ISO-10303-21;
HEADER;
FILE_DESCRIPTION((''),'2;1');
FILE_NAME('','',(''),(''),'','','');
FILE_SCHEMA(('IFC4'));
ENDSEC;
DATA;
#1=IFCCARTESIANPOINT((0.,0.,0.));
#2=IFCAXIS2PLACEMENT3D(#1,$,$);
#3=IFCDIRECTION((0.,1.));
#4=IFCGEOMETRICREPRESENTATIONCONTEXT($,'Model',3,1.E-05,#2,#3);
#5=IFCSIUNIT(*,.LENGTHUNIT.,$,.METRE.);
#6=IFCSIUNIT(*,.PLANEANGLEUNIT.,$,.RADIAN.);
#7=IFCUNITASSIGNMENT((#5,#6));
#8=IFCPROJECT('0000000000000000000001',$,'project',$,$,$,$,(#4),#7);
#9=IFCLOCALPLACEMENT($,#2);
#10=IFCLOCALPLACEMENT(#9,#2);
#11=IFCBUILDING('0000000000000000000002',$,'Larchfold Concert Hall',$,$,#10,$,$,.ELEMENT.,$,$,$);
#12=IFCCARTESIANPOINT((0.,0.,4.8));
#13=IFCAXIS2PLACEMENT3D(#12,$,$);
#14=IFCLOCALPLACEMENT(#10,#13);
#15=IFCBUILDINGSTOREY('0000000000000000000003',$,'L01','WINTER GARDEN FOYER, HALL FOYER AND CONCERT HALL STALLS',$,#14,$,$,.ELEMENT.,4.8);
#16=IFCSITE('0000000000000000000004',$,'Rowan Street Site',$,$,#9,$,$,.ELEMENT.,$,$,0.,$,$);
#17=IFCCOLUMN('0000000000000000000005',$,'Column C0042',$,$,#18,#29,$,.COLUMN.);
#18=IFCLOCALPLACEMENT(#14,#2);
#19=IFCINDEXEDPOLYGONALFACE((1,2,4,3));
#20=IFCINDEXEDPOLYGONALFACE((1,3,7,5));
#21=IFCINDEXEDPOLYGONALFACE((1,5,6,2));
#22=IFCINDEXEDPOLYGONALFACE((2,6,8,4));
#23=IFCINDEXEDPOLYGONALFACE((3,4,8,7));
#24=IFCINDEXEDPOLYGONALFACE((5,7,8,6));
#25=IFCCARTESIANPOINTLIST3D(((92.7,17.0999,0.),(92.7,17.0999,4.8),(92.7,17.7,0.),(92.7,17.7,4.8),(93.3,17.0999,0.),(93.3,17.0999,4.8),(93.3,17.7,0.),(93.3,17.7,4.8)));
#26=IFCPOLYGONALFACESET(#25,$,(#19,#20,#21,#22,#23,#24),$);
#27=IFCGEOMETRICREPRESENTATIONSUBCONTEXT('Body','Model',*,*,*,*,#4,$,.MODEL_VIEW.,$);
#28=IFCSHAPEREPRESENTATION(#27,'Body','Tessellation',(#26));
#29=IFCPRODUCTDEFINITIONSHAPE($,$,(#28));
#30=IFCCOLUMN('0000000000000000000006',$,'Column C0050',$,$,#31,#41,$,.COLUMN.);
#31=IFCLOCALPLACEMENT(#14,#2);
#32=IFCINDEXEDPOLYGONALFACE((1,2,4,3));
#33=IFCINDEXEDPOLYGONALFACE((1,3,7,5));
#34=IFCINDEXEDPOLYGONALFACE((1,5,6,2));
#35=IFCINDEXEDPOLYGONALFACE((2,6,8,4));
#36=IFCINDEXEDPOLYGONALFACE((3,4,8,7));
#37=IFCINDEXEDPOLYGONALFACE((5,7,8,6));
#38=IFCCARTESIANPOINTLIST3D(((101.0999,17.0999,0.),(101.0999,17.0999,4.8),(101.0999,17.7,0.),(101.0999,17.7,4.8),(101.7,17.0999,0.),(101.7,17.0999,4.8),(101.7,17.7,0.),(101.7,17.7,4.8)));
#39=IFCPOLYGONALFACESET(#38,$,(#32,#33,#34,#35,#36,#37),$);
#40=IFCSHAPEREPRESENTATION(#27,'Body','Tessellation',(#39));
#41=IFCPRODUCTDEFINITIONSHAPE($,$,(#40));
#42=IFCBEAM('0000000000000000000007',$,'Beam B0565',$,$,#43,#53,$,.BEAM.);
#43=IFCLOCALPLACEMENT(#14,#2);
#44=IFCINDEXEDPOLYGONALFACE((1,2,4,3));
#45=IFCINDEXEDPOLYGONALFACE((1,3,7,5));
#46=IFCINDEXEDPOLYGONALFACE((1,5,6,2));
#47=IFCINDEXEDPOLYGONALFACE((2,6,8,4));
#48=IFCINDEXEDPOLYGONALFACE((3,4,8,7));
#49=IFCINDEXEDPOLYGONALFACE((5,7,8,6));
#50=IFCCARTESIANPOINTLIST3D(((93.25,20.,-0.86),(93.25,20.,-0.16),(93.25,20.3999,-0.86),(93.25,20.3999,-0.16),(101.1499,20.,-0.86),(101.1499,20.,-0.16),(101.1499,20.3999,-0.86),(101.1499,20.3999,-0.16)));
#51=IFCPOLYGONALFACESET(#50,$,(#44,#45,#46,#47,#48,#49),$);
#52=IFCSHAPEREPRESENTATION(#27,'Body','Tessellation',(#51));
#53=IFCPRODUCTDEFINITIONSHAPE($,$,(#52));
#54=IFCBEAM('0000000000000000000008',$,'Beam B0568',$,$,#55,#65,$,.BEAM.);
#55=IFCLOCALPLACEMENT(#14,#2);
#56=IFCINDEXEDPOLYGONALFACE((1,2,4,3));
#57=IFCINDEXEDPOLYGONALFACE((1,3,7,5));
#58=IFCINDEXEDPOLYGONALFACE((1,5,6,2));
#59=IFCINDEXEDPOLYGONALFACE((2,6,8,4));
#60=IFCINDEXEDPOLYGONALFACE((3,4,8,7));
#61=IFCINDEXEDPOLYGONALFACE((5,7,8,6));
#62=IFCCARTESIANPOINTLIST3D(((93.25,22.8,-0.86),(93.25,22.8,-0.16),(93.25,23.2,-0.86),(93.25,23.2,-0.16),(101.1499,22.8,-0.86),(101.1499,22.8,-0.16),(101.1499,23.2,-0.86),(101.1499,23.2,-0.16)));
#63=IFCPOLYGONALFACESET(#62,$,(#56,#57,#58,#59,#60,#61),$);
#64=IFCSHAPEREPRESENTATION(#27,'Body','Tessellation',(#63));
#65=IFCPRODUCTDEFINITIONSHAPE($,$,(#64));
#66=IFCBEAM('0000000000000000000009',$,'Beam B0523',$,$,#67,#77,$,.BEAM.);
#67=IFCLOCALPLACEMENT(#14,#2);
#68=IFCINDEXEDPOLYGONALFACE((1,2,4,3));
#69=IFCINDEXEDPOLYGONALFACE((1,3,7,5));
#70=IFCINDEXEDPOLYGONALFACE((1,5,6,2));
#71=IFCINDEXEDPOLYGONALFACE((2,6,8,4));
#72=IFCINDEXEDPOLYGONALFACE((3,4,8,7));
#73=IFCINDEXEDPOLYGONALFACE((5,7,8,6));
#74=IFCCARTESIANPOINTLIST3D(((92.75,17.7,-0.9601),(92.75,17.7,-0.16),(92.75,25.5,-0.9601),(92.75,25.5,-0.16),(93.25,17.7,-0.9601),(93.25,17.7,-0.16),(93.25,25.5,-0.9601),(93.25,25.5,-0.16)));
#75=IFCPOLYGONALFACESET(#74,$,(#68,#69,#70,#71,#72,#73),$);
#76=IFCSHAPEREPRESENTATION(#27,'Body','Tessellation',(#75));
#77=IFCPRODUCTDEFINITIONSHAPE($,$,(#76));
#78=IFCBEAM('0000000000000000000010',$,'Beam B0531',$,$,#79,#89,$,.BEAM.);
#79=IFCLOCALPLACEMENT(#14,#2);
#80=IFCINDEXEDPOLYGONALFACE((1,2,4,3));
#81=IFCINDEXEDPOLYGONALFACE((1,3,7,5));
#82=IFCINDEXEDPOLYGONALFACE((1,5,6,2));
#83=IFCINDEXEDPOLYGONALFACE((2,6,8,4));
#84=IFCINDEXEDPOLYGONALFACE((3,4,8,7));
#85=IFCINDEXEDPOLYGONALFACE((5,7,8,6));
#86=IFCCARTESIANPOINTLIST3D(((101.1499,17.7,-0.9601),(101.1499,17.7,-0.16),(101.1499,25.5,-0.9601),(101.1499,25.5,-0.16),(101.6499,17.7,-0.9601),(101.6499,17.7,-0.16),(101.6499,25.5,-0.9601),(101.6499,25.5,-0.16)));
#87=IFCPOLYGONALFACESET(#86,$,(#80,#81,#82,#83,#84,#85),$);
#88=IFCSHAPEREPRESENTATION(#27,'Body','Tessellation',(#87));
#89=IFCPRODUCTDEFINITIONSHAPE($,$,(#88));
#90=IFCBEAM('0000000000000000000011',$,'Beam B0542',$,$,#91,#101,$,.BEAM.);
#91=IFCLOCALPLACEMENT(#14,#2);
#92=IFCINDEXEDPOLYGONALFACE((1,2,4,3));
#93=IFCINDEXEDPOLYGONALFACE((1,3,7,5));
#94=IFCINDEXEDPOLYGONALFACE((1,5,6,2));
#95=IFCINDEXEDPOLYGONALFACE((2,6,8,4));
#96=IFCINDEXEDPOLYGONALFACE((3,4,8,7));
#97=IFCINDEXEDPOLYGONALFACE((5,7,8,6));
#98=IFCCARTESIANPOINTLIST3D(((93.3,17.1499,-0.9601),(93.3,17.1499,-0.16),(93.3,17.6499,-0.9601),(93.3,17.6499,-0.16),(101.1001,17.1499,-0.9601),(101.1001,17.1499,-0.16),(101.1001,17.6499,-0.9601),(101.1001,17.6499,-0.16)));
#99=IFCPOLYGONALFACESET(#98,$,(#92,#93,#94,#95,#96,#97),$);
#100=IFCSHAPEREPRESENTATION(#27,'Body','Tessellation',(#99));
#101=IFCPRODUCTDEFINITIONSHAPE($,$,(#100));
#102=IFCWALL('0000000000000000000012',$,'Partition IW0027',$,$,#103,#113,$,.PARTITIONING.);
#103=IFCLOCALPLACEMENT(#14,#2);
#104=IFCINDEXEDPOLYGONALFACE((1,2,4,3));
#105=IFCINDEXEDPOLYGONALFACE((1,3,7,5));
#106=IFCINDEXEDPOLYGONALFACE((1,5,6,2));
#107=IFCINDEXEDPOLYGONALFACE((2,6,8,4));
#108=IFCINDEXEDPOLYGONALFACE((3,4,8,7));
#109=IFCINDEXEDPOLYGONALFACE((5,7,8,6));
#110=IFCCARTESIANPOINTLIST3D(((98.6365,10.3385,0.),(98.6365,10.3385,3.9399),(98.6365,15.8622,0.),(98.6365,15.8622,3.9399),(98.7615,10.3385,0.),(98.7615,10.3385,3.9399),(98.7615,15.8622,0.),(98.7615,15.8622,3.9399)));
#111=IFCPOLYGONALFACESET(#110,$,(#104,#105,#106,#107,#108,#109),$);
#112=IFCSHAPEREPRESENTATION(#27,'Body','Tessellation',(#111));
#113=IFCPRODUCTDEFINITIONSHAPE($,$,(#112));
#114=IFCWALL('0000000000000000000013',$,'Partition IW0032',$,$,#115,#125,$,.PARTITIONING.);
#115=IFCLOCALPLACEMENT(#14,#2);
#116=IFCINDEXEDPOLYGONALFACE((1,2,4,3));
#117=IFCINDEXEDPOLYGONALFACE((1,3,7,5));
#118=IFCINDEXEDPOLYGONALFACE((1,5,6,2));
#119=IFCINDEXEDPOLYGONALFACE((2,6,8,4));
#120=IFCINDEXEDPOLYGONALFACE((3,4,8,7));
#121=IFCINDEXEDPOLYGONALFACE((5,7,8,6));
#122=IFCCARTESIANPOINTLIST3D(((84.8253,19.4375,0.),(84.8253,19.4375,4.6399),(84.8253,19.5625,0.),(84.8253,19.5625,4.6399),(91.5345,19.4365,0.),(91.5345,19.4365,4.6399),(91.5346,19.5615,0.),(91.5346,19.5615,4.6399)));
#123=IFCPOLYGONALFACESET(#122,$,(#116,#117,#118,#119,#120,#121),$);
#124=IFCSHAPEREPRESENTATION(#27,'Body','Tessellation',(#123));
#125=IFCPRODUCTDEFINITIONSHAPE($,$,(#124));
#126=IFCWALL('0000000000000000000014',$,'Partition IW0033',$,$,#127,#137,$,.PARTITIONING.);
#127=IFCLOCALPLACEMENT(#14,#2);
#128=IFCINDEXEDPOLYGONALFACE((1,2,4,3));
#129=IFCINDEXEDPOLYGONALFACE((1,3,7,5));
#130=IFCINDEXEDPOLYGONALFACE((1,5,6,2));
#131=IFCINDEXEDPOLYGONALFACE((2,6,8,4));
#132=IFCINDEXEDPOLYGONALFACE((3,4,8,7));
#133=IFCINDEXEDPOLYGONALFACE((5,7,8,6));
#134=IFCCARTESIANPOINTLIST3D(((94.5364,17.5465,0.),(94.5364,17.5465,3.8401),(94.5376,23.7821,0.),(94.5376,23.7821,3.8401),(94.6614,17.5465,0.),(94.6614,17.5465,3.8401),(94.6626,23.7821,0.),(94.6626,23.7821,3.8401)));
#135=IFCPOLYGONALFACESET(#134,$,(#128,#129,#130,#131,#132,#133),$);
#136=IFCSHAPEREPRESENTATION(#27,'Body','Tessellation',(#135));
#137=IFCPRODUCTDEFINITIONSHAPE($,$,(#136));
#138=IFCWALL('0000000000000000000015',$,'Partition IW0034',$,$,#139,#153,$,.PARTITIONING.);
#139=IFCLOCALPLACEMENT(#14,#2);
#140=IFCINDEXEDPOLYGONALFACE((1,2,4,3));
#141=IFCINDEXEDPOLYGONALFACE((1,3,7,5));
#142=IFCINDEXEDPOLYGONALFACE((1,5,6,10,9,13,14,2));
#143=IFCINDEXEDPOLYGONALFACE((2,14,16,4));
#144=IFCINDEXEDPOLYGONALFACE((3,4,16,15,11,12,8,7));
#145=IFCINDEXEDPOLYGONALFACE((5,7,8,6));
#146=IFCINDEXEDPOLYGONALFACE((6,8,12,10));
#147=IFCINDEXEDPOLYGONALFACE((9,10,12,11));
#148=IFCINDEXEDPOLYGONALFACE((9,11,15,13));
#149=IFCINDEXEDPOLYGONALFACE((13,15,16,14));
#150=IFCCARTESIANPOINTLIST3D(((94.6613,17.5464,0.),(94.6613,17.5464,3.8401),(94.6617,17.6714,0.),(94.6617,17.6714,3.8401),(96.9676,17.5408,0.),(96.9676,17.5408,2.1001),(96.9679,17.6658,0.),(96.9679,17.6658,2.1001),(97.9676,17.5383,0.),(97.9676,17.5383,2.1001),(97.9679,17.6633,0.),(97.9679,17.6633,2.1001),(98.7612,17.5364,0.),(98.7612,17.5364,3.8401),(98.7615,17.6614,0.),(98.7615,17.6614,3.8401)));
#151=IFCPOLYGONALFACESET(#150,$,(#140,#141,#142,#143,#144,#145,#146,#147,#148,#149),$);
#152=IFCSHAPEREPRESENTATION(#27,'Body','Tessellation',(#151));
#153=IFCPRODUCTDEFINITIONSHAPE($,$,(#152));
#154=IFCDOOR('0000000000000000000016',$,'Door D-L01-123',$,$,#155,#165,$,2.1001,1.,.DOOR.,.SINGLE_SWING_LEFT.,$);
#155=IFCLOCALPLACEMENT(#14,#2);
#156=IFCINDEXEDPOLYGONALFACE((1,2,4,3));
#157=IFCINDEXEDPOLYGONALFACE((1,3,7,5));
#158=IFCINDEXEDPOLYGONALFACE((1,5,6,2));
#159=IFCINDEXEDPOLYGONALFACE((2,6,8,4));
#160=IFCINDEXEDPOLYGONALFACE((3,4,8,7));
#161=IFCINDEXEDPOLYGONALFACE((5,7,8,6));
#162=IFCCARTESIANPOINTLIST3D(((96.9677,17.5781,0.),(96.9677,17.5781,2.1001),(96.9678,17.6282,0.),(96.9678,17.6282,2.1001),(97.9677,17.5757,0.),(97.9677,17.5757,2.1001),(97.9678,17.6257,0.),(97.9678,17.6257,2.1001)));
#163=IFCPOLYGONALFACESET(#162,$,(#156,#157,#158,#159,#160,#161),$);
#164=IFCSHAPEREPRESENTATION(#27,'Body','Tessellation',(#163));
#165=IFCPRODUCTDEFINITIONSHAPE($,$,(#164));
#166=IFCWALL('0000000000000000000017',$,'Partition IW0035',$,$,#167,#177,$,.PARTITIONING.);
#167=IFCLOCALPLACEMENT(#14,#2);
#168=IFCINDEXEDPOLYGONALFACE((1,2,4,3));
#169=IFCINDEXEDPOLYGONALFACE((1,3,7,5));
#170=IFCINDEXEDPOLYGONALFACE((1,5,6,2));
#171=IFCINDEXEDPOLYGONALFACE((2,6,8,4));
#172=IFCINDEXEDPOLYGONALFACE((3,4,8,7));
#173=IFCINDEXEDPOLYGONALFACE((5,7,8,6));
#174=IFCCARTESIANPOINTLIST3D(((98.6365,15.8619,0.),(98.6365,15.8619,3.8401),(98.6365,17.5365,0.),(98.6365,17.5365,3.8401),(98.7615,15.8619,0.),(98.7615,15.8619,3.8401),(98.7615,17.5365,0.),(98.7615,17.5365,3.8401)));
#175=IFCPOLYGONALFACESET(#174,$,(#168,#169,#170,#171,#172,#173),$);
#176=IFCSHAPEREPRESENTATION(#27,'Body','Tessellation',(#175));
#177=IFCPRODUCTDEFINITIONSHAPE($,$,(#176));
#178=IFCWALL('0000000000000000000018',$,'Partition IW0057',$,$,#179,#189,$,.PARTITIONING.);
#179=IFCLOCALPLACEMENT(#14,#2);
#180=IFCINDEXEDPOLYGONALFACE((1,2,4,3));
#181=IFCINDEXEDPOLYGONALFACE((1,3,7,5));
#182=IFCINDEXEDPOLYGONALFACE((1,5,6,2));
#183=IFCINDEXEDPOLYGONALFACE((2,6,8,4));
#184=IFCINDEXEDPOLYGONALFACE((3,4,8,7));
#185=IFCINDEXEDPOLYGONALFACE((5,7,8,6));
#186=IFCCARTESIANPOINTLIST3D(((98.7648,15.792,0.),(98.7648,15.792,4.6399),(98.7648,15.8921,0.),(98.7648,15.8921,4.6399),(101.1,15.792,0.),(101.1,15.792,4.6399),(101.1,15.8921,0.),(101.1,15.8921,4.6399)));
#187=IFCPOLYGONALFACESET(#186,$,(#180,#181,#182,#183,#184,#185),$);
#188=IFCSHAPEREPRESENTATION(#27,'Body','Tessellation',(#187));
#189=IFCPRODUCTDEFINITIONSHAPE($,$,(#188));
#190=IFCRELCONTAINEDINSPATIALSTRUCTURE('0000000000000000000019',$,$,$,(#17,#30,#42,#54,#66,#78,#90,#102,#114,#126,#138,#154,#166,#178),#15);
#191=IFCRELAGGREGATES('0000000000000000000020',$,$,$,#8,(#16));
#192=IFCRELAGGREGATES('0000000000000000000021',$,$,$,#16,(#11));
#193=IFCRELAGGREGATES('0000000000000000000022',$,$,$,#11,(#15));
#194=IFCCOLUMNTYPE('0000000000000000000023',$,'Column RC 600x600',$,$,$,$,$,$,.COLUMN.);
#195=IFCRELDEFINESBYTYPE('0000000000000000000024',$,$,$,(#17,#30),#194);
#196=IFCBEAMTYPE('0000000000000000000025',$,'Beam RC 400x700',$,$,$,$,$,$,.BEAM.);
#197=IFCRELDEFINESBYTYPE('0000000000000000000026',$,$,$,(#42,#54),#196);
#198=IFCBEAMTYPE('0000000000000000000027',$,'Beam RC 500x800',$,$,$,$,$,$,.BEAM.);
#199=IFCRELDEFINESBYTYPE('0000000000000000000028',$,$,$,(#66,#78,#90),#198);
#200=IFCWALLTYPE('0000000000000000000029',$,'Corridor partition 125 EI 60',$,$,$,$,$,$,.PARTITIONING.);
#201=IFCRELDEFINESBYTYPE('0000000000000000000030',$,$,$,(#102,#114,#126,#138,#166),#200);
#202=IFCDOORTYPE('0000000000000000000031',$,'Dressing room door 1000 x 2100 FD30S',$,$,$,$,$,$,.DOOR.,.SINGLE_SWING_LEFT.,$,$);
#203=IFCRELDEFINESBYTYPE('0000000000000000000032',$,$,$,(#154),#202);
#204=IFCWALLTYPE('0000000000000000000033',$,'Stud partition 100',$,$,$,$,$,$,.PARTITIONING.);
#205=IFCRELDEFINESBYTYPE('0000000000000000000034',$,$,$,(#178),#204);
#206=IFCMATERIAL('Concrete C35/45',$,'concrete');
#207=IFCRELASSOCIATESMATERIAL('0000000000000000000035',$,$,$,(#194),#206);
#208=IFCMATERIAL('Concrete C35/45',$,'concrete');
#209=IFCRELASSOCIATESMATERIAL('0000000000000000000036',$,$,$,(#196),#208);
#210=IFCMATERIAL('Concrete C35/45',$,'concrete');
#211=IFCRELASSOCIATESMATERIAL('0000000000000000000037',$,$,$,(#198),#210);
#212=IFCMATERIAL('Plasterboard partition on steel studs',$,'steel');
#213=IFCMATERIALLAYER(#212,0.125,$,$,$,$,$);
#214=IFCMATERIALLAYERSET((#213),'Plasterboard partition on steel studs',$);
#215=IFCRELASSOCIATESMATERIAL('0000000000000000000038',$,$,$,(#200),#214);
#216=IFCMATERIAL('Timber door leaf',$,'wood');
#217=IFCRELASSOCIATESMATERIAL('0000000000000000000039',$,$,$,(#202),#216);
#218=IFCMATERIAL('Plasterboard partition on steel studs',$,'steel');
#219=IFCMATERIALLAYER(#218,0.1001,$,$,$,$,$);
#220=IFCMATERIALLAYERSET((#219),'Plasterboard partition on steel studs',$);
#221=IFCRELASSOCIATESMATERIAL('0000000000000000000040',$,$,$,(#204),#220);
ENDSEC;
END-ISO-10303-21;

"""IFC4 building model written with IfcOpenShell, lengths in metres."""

from ifc_helpers import new_model, si_unit, direction, frame, frame_2d, origin, origin_2d, place, context, subcontext, project, spatial, rectangle, extrude, material, layer, layer_set, material_profile, profile_set, type_object, element, fill, save


model = new_model("IFC4")

# Units and contexts
model_context = context("Model", 3, precision=1e-05, world=origin(), true_north=direction((0.0, 1.0)))
body_context = subcontext(model_context, "Body", "Model", "MODEL_VIEW")
ifc_project = project(units=[si_unit("LENGTHUNIT", "METRE"), si_unit("PLANEANGLEUNIT", "RADIAN")], contexts=[model_context])

# Site, building, storey
site_placement = place(None, origin())
site = spatial("IfcSite", under=ifc_project, at=site_placement, Name="Rowan Street Site", CompositionType="ELEMENT", RefElevation=0.0)
building_placement = place(site_placement, origin())
building = spatial("IfcBuilding", under=site, at=building_placement, Name="Larchfold Concert Hall", CompositionType="ELEMENT")
storey_placement = place(building_placement, frame((0.0, 0.0, 4.8)))
storey = spatial("IfcBuildingStorey", under=building, at=storey_placement, Name="L01", Description="WINTER GARDEN FOYER, HALL FOYER AND CONCERT HALL STALLS", CompositionType="ELEMENT", Elevation=4.8)

# Columns
ifc_material_1 = material(Name="Concrete C35/45", Category="concrete")
ifc_material_profile_1 = material_profile(ifc_material_1, rectangle(XDim=0.6001, YDim=0.6001, at=origin_2d()))
ifc_profile_set_1 = profile_set([ifc_material_profile_1], Name="Concrete C35/45")
column_type = type_object("IfcColumnType", Name="Column RC 600x600", PredefinedType="COLUMN", material=ifc_profile_set_1)
for number, where, z_axis, x_axis, name in (
    (1, (93.0, 17.3999, 0.0), (0.0, 0.0, 1.0), (1.0, 0.0, 0.0), "Column C0042"),
    (2, (101.3999, 17.3999, 0.0), (0.0, 0.0, 1.0), (1.0, 0.0, 0.0), "Column C0050"),
):
    element("IfcColumn", number, at=place(storey_placement, frame(where, z_axis=z_axis, x_axis=x_axis)), inside=storey, type_object=column_type, Name=name, PredefinedType="COLUMN", context=body_context, shape_type="SweptSolid", body=[
        extrude(rectangle(XDim=0.6001, YDim=0.6001, at=origin_2d()), origin(), (0.0, 0.0, 1.0), 4.8),
    ])

# Beams
ifc_material_2 = material(Name="Concrete C35/45", Category="concrete")
ifc_material_profile_2 = material_profile(ifc_material_2, rectangle(XDim=0.3999, YDim=0.7, at=origin_2d()))
ifc_profile_set_2 = profile_set([ifc_material_profile_2], Name="Concrete C35/45")
beam_type_1 = type_object("IfcBeamType", Name="Beam RC 400x700", PredefinedType="BEAM", material=ifc_profile_set_2)
for number, where, z_axis, x_axis, name in (
    (3, (93.25, 20.2, -0.51), (1.0, 0.0, 0.0), (0.0, 1.0, 0.0), "Beam B0565"),
    (4, (93.25, 23.0, -0.51), (1.0, 0.0, 0.0), (0.0, 1.0, 0.0), "Beam B0568"),
):
    element("IfcBeam", number, at=place(storey_placement, frame(where, z_axis=z_axis, x_axis=x_axis)), inside=storey, type_object=beam_type_1, Name=name, PredefinedType="BEAM", context=body_context, shape_type="SweptSolid", body=[
        extrude(rectangle(XDim=0.3999, YDim=0.7, at=origin_2d()), origin(), (0.0, 0.0, 1.0), 7.8999),
    ])
ifc_material_3 = material(Name="Concrete C35/45", Category="concrete")
ifc_material_profile_3 = material_profile(ifc_material_3, rectangle(XDim=0.5, YDim=0.8, at=origin_2d()))
ifc_profile_set_3 = profile_set([ifc_material_profile_3], Name="Concrete C35/45")
beam_type_2 = type_object("IfcBeamType", Name="Beam RC 500x800", PredefinedType="BEAM", material=ifc_profile_set_3)
for number, where, z_axis, x_axis, name in (
    (5, (93.0, 17.7, -0.5601), (0.0, 1.0, 0.0), (-1.0, 0.0, 0.0), "Beam B0523"),
    (6, (101.3999, 17.7, -0.5601), (0.0, 1.0, 0.0), (-1.0, 0.0, 0.0), "Beam B0531"),
    (7, (93.3, 17.3999, -0.5601), (1.0, 0.0, 0.0), (0.0, 1.0, 0.0), "Beam B0542"),
):
    element("IfcBeam", number, at=place(storey_placement, frame(where, z_axis=z_axis, x_axis=x_axis)), inside=storey, type_object=beam_type_2, Name=name, PredefinedType="BEAM", context=body_context, shape_type="SweptSolid", body=[
        extrude(rectangle(XDim=0.5, YDim=0.8, at=origin_2d()), origin(), (0.0, 0.0, 1.0), 7.8),
    ])

# Walls
ifc_material_4 = material(Name="Plasterboard partition on steel studs", Category="steel")
ifc_layer_1 = layer(ifc_material_4, 0.125)
ifc_layer_set_1 = layer_set([ifc_layer_1], Name="Plasterboard partition on steel studs")
wall_type_1 = type_object("IfcWallType", Name="Corridor partition 125 EI 60", PredefinedType="PARTITIONING", material=ifc_layer_set_1)
wall_1_placement = place(storey_placement, frame((98.699, 15.8621, 0.0), z_axis=(0.0, 0.0, 1.0), x_axis=(0.0, -1.0, 0.0)))
element("IfcWall", 8, at=wall_1_placement, inside=storey, type_object=wall_type_1, Name="Partition IW0027", PredefinedType="PARTITIONING", context=body_context, shape_type="SweptSolid", body=[
    extrude(rectangle(XDim=5.5237, YDim=0.125, at=frame_2d((2.7617, 0.0))), origin(), (0.0, 0.0, 1.0), 3.9399),
])
wall_2_placement = place(storey_placement, frame((91.5344, 19.499, 0.0), z_axis=(0.0, 0.0, 1.0), x_axis=(-1.0, 0.000146, 0.0)))
element("IfcWall", 9, at=wall_2_placement, inside=storey, type_object=wall_type_1, Name="Partition IW0032", PredefinedType="PARTITIONING", context=body_context, shape_type="SweptSolid", body=[
    extrude(rectangle(XDim=6.7092, YDim=0.125, at=frame_2d((3.3545, 0.0))), origin(), (0.0, 0.0, 1.0), 4.6399),
])
wall_3_placement = place(storey_placement, frame((94.6001, 23.782, 0.0), z_axis=(0.0, 0.0, 1.0), x_axis=(-0.000196, -1.0, 0.0)))
element("IfcWall", 10, at=wall_3_placement, inside=storey, type_object=wall_type_1, Name="Partition IW0033", PredefinedType="PARTITIONING", context=body_context, shape_type="SweptSolid", body=[
    extrude(rectangle(XDim=6.2356, YDim=0.125, at=frame_2d((3.1177, 0.0))), origin(), (0.0, 0.0, 1.0), 3.8401),
])

# Wall, opening, door
wall_4_placement = place(storey_placement, frame((94.6616, 17.6089, 0.0), z_axis=(0.0, 0.0, 1.0), x_axis=(0.999997, -0.002441, 0.0)))
wall_4 = element("IfcWall", 11, at=wall_4_placement, inside=storey, type_object=wall_type_1, Name="Partition IW0034", PredefinedType="PARTITIONING", context=body_context, shape_type="SweptSolid", body=[
    extrude(rectangle(XDim=4.0999, YDim=0.125, at=frame_2d((2.0498, 0.0))), origin(), (0.0, 0.0, 1.0), 3.8401),
])
opening_1_placement = place(wall_4_placement, frame((2.3062, 0.0, 0.0)))
opening_1 = element("IfcOpeningElement", 12, at=opening_1_placement, cuts=wall_4, PredefinedType="OPENING", context=body_context, shape_type="SweptSolid", body=[
    extrude(rectangle(XDim=1.0, YDim=2.1001, at=frame_2d((0.5, 1.05))), frame((0.0, 0.0725, 0.0), z_axis=(0.0, -1.0, 0.0), x_axis=(1.0, 0.0, 0.0)), (0.0, 0.0, 1.0), 0.145),
])
ifc_material_5 = material(Name="Timber door leaf", Category="wood")
door_type_1 = type_object("IfcDoorType", Name="Dressing room door 1000 x 2100 FD30S", OperationType="SINGLE_SWING_LEFT", PredefinedType="DOOR", material=ifc_material_5)
door_1_placement = place(opening_1_placement, origin())
door_1 = element("IfcDoor", 13, at=door_1_placement, inside=storey, type_object=door_type_1, Name="Door D-L01-123", OperationType="SINGLE_SWING_LEFT", OverallHeight=2.1001, OverallWidth=1.0, PredefinedType="DOOR", context=body_context, shape_type="SweptSolid", body=[
    extrude(rectangle(XDim=1.0, YDim=2.1001, at=frame_2d((0.5, 1.05))), frame((0.0, 0.0249, 0.0), z_axis=(0.0, -1.0, 0.0), x_axis=(1.0, 0.0, 0.0)), (0.0, 0.0, 1.0), 0.05),
])
fill(opening_1, door_1)

# Walls
wall_5_placement = place(storey_placement, frame((98.699, 17.5366, 0.0), z_axis=(0.0, 0.0, 1.0), x_axis=(0.0, -1.0, 0.0)))
element("IfcWall", 14, at=wall_5_placement, inside=storey, type_object=wall_type_1, Name="Partition IW0035", PredefinedType="PARTITIONING", context=body_context, shape_type="SweptSolid", body=[
    extrude(rectangle(XDim=1.6746, YDim=0.125, at=frame_2d((0.8374, 0.0))), origin(), (0.0, 0.0, 1.0), 3.8401),
])
ifc_material_6 = material(Name="Plasterboard partition on steel studs", Category="steel")
ifc_layer_2 = layer(ifc_material_6, 0.1001)
ifc_layer_set_2 = layer_set([ifc_layer_2], Name="Plasterboard partition on steel studs")
wall_type_2 = type_object("IfcWallType", Name="Stud partition 100", PredefinedType="PARTITIONING", material=ifc_layer_set_2)
wall_6_placement = place(storey_placement, frame((98.7649, 15.842, 0.0), z_axis=(0.0, 0.0, 1.0), x_axis=(1.0, 0.0, 0.0)))
element("IfcWall", 15, at=wall_6_placement, inside=storey, type_object=wall_type_2, Name="Partition IW0057", PredefinedType="PARTITIONING", context=body_context, shape_type="SweptSolid", body=[
    extrude(rectangle(XDim=2.3352, YDim=0.1001, at=frame_2d((1.1675, 0.0))), origin(), (0.0, 0.0, 1.0), 4.6399),
])

save(model, "model.ifc")
